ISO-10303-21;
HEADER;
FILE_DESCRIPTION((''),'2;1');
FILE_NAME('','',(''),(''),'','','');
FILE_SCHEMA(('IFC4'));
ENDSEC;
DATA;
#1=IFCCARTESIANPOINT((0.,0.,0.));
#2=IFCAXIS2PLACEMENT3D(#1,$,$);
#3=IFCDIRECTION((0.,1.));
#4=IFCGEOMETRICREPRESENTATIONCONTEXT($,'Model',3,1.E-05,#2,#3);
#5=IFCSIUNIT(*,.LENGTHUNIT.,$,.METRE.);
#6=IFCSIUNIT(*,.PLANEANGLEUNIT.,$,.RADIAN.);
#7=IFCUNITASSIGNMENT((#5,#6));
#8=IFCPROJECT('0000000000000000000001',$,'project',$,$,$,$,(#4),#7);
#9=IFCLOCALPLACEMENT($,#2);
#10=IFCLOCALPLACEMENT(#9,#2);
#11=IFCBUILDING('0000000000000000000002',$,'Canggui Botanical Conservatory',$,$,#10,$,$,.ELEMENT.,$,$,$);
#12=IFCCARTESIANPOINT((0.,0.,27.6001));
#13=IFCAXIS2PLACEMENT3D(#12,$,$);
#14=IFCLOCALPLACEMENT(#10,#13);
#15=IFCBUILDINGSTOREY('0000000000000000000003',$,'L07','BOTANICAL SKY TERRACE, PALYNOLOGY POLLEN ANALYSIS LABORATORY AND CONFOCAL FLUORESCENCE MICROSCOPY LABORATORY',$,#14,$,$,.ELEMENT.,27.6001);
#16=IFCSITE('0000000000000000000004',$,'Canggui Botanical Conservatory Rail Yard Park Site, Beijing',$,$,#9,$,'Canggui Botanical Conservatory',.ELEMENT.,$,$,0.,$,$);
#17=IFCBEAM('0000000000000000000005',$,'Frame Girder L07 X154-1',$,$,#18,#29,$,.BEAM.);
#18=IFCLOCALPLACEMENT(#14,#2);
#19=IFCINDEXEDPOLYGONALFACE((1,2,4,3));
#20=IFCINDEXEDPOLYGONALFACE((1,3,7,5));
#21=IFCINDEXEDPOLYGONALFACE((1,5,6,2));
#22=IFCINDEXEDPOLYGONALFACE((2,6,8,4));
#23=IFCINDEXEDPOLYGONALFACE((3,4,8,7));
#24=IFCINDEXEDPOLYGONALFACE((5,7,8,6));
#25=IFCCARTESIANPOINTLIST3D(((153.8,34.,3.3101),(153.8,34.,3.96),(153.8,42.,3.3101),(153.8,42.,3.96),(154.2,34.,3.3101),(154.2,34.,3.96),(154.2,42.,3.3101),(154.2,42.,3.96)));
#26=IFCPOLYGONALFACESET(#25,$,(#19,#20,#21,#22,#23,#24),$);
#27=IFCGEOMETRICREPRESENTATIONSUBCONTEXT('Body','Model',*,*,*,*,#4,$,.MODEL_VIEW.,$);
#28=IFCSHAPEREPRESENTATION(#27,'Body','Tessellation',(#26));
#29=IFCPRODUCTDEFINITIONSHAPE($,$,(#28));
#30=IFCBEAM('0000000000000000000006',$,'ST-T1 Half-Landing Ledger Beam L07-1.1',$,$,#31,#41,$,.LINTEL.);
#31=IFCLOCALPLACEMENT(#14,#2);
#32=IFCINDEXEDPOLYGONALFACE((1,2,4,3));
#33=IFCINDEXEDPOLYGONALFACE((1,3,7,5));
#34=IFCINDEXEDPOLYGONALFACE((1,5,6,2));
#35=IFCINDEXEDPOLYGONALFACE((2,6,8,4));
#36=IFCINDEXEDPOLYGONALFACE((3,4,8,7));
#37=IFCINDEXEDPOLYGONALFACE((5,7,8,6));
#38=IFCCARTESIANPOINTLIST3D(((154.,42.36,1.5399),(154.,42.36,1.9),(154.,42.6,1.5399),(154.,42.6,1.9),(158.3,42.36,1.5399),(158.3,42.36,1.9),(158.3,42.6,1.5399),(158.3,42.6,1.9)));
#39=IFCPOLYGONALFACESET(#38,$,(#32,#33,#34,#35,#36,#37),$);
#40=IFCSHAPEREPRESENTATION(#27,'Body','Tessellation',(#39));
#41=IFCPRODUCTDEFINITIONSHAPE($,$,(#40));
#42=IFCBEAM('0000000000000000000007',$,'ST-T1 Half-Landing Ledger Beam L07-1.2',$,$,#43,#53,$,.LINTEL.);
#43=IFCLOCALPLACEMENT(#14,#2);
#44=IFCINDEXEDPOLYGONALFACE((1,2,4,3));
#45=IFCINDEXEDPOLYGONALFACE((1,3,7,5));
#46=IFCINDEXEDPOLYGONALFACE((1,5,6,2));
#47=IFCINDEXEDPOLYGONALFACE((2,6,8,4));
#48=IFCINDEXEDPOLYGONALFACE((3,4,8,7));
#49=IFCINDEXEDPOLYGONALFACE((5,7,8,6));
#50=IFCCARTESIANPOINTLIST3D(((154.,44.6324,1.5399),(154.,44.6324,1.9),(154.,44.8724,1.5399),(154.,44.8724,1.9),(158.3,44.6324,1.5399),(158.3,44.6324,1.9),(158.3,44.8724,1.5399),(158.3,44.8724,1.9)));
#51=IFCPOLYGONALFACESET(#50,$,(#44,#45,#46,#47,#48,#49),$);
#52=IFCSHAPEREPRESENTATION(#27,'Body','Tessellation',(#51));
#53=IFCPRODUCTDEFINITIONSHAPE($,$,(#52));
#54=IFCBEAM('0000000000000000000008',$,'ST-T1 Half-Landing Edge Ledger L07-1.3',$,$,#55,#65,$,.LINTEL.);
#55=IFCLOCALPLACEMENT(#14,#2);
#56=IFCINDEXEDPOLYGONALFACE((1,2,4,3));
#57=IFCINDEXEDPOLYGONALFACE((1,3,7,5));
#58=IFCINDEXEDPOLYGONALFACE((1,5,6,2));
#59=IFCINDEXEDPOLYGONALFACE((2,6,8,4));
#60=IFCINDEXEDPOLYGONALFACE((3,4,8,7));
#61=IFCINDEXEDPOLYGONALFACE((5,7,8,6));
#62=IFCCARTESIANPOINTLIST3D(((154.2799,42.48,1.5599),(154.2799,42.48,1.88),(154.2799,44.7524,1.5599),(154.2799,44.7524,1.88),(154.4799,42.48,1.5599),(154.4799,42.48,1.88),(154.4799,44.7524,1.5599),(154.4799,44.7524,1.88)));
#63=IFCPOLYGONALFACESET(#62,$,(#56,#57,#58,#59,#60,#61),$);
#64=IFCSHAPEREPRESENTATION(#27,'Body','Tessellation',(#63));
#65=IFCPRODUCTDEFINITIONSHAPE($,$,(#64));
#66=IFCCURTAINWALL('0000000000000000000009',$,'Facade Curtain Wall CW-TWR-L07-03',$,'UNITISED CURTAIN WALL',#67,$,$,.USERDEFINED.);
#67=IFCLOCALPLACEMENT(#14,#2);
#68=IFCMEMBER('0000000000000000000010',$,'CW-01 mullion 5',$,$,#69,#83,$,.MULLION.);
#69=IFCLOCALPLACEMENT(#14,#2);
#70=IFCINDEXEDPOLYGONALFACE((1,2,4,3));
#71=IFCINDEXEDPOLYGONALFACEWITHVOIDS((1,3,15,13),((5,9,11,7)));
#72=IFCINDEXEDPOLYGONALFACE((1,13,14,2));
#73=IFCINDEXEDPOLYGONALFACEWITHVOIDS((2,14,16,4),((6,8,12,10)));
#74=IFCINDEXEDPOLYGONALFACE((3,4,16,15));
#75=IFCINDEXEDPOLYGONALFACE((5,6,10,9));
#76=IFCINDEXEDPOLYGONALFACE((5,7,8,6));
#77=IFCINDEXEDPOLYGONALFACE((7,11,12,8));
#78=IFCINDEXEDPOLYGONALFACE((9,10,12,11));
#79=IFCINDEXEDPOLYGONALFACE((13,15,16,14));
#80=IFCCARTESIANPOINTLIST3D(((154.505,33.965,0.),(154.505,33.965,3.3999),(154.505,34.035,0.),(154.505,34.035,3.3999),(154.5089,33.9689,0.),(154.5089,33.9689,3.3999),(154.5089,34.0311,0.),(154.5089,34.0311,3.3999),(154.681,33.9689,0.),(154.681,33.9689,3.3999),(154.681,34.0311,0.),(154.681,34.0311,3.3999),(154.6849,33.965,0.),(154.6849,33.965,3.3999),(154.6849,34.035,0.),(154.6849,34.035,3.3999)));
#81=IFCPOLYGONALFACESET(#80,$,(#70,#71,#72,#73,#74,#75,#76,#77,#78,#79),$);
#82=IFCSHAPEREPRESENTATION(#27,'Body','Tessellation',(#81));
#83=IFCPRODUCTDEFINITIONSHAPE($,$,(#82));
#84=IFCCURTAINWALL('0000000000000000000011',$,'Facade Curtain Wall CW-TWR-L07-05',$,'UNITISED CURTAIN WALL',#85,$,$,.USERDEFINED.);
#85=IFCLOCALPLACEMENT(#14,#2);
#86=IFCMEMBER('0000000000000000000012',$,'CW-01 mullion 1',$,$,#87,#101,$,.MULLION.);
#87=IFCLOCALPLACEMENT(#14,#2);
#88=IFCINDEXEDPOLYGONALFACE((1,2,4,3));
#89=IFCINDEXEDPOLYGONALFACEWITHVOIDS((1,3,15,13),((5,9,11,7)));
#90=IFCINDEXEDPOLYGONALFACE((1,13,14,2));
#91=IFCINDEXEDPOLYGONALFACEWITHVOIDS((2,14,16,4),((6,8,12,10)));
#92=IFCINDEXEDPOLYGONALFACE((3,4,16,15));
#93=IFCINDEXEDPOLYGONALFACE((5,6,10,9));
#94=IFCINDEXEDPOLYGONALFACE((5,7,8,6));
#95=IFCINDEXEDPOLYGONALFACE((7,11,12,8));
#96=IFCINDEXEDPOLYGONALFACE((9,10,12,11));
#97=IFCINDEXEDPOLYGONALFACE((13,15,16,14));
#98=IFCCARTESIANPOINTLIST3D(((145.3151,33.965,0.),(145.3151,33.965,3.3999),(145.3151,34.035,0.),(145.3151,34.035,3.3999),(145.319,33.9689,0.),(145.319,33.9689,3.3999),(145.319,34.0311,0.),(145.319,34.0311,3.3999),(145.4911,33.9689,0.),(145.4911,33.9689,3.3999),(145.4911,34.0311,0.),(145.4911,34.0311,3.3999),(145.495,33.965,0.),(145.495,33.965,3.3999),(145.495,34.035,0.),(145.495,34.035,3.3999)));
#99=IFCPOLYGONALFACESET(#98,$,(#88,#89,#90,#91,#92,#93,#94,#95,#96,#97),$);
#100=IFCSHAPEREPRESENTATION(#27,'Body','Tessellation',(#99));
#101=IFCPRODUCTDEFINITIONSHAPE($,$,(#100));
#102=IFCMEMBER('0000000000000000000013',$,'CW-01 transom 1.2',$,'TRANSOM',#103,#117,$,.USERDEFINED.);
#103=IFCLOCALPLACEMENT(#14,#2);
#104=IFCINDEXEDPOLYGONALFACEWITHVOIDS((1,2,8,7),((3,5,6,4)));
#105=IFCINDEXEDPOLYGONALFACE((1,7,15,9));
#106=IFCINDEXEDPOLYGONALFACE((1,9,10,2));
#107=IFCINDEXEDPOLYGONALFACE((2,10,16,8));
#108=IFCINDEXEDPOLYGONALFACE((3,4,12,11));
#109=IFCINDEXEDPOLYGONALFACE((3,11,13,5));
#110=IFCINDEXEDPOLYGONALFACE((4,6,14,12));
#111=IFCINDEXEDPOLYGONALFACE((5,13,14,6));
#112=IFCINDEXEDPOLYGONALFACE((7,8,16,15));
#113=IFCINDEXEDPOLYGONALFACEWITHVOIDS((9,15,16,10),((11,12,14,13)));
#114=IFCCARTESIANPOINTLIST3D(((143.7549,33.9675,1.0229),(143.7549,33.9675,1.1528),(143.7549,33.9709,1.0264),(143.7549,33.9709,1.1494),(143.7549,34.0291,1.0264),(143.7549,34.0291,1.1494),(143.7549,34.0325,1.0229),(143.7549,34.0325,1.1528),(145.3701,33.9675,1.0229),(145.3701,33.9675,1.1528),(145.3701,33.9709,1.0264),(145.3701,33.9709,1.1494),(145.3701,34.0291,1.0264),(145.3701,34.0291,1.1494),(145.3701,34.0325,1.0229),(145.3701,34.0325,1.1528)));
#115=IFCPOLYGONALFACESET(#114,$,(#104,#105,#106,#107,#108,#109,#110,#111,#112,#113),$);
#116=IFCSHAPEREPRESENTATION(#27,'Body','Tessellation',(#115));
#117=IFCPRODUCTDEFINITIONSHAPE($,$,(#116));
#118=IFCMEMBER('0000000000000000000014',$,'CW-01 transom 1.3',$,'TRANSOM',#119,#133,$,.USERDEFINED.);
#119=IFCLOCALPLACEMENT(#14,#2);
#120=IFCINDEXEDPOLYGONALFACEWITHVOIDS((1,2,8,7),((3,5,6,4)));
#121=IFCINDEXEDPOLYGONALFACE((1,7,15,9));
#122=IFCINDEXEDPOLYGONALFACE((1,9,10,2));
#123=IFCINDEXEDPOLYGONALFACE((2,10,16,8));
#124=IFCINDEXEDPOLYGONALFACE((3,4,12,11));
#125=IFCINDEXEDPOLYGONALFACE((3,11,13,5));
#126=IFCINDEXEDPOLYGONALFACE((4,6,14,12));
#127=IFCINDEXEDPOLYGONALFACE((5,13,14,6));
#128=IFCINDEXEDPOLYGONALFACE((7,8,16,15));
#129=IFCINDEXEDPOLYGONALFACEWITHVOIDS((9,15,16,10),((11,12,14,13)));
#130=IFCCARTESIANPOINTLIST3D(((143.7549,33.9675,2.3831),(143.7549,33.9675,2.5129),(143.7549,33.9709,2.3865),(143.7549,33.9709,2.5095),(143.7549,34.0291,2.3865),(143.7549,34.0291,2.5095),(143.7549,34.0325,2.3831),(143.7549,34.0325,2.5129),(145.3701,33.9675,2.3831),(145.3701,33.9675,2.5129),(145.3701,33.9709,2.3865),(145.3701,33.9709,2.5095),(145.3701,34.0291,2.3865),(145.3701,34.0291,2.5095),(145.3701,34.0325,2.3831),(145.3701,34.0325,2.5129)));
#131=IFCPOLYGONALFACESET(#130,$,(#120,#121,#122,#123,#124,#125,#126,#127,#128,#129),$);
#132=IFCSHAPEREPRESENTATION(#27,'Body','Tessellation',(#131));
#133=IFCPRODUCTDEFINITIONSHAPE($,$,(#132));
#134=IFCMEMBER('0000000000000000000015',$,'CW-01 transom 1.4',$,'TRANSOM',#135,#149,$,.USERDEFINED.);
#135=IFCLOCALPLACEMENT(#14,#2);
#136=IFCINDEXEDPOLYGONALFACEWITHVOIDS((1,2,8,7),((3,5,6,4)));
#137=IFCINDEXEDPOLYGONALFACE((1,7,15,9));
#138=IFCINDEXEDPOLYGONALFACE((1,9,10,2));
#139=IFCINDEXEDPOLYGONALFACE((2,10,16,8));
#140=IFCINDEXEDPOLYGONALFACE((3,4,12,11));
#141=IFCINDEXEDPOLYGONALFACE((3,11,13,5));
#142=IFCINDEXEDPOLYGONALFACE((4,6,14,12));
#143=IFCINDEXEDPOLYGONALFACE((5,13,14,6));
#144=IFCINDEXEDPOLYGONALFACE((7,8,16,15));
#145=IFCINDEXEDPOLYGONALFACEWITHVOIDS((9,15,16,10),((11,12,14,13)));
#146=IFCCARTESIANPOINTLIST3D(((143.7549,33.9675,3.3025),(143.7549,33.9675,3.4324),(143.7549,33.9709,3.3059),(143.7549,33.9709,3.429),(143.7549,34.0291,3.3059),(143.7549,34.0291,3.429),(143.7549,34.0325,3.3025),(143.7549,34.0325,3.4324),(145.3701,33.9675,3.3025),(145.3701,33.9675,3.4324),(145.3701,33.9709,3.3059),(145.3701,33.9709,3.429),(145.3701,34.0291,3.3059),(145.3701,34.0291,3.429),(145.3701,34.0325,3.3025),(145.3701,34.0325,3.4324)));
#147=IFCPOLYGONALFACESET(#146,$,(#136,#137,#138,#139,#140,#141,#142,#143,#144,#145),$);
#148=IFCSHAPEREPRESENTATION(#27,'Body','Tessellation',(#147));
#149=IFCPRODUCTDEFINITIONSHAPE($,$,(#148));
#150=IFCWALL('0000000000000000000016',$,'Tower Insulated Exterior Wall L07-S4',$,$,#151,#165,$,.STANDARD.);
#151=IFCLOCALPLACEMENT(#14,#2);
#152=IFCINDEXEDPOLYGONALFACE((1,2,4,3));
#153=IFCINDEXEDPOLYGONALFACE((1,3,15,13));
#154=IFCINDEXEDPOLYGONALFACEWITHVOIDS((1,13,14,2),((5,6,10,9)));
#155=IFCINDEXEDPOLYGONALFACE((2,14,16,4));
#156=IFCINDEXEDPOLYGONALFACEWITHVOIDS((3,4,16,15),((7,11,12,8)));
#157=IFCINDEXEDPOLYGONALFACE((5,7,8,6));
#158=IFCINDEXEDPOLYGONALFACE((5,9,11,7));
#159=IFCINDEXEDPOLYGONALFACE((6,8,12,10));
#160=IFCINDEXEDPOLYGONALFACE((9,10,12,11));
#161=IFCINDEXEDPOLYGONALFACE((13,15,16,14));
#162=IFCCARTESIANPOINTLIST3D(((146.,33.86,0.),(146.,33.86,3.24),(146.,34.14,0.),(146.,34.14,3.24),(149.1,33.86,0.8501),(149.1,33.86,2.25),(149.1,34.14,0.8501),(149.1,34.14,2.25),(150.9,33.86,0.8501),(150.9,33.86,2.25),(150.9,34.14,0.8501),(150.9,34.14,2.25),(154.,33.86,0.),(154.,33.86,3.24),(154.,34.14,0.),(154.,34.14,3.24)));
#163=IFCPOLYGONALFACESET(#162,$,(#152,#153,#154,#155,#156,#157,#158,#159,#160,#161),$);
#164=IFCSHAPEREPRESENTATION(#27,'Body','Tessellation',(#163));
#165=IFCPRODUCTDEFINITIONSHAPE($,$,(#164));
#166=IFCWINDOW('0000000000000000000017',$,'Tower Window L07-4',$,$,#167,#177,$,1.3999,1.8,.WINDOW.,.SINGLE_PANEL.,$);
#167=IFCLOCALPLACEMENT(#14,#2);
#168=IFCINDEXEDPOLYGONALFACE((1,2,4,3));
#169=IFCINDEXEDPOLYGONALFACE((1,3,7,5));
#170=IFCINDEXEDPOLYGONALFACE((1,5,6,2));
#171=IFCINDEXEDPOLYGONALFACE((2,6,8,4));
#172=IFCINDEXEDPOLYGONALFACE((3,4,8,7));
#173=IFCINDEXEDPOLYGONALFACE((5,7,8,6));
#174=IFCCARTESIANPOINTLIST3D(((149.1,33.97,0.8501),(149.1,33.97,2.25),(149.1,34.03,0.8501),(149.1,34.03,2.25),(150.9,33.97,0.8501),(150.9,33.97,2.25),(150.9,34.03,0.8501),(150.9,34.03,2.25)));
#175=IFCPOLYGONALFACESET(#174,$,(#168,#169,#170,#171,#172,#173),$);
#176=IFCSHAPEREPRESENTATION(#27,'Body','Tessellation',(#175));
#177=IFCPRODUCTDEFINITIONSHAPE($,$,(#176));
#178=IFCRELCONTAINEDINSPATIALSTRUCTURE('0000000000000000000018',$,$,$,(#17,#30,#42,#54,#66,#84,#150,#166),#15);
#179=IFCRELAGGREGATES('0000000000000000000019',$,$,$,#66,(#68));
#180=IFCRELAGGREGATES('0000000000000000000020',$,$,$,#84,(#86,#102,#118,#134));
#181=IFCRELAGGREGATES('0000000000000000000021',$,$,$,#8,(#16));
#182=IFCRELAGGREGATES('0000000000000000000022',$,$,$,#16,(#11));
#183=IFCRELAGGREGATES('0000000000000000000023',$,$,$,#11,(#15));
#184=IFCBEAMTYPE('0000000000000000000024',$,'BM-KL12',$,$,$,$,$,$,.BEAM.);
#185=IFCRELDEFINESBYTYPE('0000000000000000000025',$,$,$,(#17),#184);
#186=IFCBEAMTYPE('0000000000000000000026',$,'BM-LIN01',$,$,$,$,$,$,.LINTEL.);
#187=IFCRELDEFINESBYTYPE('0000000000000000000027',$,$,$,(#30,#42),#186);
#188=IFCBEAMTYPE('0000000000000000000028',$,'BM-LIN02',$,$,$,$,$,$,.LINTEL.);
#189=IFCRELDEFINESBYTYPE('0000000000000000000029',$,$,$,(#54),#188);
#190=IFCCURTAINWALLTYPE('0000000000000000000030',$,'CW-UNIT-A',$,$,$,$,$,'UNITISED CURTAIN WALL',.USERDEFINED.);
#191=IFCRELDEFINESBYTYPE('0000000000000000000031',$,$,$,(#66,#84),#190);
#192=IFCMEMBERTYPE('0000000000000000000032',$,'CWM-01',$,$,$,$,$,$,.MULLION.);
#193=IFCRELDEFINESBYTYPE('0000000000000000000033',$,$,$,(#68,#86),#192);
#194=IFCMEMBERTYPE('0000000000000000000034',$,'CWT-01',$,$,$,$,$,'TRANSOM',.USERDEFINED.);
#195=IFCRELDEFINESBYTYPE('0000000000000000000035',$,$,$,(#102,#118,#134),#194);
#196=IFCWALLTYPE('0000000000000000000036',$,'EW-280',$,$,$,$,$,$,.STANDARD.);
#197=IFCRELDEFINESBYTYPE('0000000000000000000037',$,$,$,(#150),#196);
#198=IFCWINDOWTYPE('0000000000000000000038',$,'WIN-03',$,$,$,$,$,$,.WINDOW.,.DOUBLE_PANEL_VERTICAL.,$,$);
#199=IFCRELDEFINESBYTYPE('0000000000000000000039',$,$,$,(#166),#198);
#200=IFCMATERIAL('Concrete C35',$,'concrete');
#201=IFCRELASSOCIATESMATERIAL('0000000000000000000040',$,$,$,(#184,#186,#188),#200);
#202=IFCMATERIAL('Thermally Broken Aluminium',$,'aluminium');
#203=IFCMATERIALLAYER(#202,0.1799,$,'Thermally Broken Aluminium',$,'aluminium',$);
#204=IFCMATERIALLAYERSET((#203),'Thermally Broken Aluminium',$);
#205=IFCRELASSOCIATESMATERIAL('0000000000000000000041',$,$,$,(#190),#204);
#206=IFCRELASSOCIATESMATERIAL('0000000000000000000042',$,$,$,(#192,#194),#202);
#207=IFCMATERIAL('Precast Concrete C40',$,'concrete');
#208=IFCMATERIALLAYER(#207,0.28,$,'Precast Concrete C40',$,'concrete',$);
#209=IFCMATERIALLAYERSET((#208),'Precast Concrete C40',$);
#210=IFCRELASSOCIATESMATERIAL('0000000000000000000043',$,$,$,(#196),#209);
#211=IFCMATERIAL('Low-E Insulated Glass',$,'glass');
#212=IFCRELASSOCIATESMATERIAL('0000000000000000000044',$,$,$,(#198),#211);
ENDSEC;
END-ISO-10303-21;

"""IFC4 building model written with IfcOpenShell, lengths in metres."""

from ifc_helpers import new_model, si_unit, direction, frame, frame_2d, origin, origin_2d, place, context, subcontext, project, spatial, rectangle, hollow_rectangle, extrude, material, layer, layer_set, material_profile, profile_set, type_object, element, fill, aggregate, save


model = new_model("IFC4")

# Units and contexts
model_context = context("Model", 3, precision=1e-05, world=origin(), true_north=direction((0.0, 1.0)))
body_context = subcontext(model_context, "Body", "Model", "MODEL_VIEW")
ifc_project = project(units=[si_unit("LENGTHUNIT", "METRE"), si_unit("PLANEANGLEUNIT", "RADIAN")], contexts=[model_context])

# Site, building, storey
site_placement = place(None, origin())
site = spatial("IfcSite", under=ifc_project, at=site_placement, Name="Canggui Botanical Conservatory Rail Yard Park Site, Beijing", LongName="Canggui Botanical Conservatory", CompositionType="ELEMENT", RefElevation=0.0)
building_placement = place(site_placement, origin())
building = spatial("IfcBuilding", under=site, at=building_placement, Name="Canggui Botanical Conservatory", CompositionType="ELEMENT")
storey_placement = place(building_placement, frame((0.0, 0.0, 27.6001)))
storey = spatial("IfcBuildingStorey", under=building, at=storey_placement, Name="L07", Description="BOTANICAL SKY TERRACE, PALYNOLOGY POLLEN ANALYSIS LABORATORY AND CONFOCAL FLUORESCENCE MICROSCOPY LABORATORY", CompositionType="ELEMENT", Elevation=27.6001)

# Beams
ifc_material_1 = material(Name="Concrete C35", Category="concrete")
ifc_material_profile_1 = material_profile(ifc_material_1, rectangle(XDim=0.3999, YDim=0.6499, at=origin_2d()), Name="RB 400x650")
ifc_profile_set_1 = profile_set([ifc_material_profile_1], Name="Concrete C35")
beam_type_1 = type_object("IfcBeamType", Name="BM-KL12", PredefinedType="BEAM", material=ifc_profile_set_1)
for number, where, z_axis, x_axis, name in (
    (1, (154.0, 34.0, 3.635), (0.0, 1.0, 0.0), (-1.0, 0.0, 0.0), "Frame Girder L07 X154-1"),
):
    element("IfcBeam", number, at=place(storey_placement, frame(where, z_axis=z_axis, x_axis=x_axis)), inside=storey, type_object=beam_type_1, Name=name, PredefinedType="BEAM", context=body_context, shape_type="SweptSolid", body=[
        extrude(rectangle(XDim=0.3999, YDim=0.6499, at=origin_2d()), origin(), (0.0, 0.0, 1.0), 8.0),
    ])
ifc_material_profile_2 = material_profile(ifc_material_1, rectangle(XDim=0.24, YDim=0.3601, at=origin_2d()), Name="RB 240x360")
ifc_profile_set_2 = profile_set([ifc_material_profile_2], Name="Concrete C35")
beam_type_2 = type_object("IfcBeamType", Name="BM-LIN01", PredefinedType="LINTEL", material=ifc_profile_set_2)
for number, where, z_axis, x_axis, name in (
    (2, (154.0, 42.48, 1.72), (1.0, 0.0, 0.0), (0.0, 1.0, 0.0), "ST-T1 Half-Landing Ledger Beam L07-1.1"),
    (3, (154.0, 44.7524, 1.72), (1.0, 0.0, 0.0), (0.0, 1.0, 0.0), "ST-T1 Half-Landing Ledger Beam L07-1.2"),
):
    element("IfcBeam", number, at=place(storey_placement, frame(where, z_axis=z_axis, x_axis=x_axis)), inside=storey, type_object=beam_type_2, Name=name, PredefinedType="LINTEL", context=body_context, shape_type="SweptSolid", body=[
        extrude(rectangle(XDim=0.24, YDim=0.3601, at=origin_2d()), origin(), (0.0, 0.0, 1.0), 4.3),
    ])
ifc_material_profile_3 = material_profile(ifc_material_1, rectangle(XDim=0.2, YDim=0.3201, at=origin_2d()), Name="RB 200x320")
ifc_profile_set_3 = profile_set([ifc_material_profile_3], Name="Concrete C35")
beam_type_3 = type_object("IfcBeamType", Name="BM-LIN02", PredefinedType="LINTEL", material=ifc_profile_set_3)
beam_1_placement = place(storey_placement, frame((154.3799, 42.48, 1.72), z_axis=(0.0, 1.0, 0.0), x_axis=(-1.0, 0.0, 0.0)))
element("IfcBeam", 4, at=beam_1_placement, inside=storey, type_object=beam_type_3, Name="ST-T1 Half-Landing Edge Ledger L07-1.3", PredefinedType="LINTEL", context=body_context, shape_type="SweptSolid", body=[
    extrude(rectangle(XDim=0.2, YDim=0.3201, at=origin_2d()), origin(), (0.0, 0.0, 1.0), 2.2725),
])

# Curtain wall, member
ifc_material_2 = material(Name="Thermally Broken Aluminium", Category="aluminium")
ifc_layer_1 = layer(ifc_material_2, 0.1799, Name="Thermally Broken Aluminium", Category="aluminium")
ifc_layer_set_1 = layer_set([ifc_layer_1], Name="Thermally Broken Aluminium")
curtain_wall_type = type_object("IfcCurtainWallType", Name="CW-UNIT-A", ElementType="UNITISED CURTAIN WALL", PredefinedType="USERDEFINED", material=ifc_layer_set_1)
curtain_wall_1_placement = place(storey_placement, origin())
curtain_wall_1 = element("IfcCurtainWall", 5, at=curtain_wall_1_placement, inside=storey, type_object=curtain_wall_type, Name="Facade Curtain Wall CW-TWR-L07-03", ObjectType="UNITISED CURTAIN WALL", PredefinedType="USERDEFINED")
ifc_material_profile_4 = material_profile(ifc_material_2, hollow_rectangle(XDim=0.0701, YDim=0.1799, WallThickness=0.0039, at=origin_2d()), Name="CWM 70x180x4")
ifc_profile_set_4 = profile_set([ifc_material_profile_4], Name="Thermally Broken Aluminium")
member_type_1 = type_object("IfcMemberType", Name="CWM-01", PredefinedType="MULLION", material=ifc_profile_set_4)
member_1_placement = place(storey_placement, frame((154.595, 34.0, 0.0), z_axis=(0.0, 0.0, 1.0), x_axis=(0.0, -1.0, 0.0)))
member_1 = element("IfcMember", 6, at=member_1_placement, type_object=member_type_1, Name="CW-01 mullion 5", PredefinedType="MULLION", context=body_context, shape_type="SweptSolid", body=[
    extrude(hollow_rectangle(XDim=0.0701, YDim=0.1799, WallThickness=0.0039, at=origin_2d()), origin(), (0.0, 0.0, 1.0), 3.3999),
])
aggregate(curtain_wall_1, [member_1])

# Curtain wall, members
curtain_wall_2_placement = place(storey_placement, origin())
curtain_wall_2 = element("IfcCurtainWall", 7, at=curtain_wall_2_placement, inside=storey, type_object=curtain_wall_type, Name="Facade Curtain Wall CW-TWR-L07-05", ObjectType="UNITISED CURTAIN WALL", PredefinedType="USERDEFINED")
member_2_placement = place(storey_placement, frame((145.405, 34.0, 0.0), z_axis=(0.0, 0.0, 1.0), x_axis=(0.0, -1.0, 0.0)))
member_2 = element("IfcMember", 8, at=member_2_placement, type_object=member_type_1, Name="CW-01 mullion 1", PredefinedType="MULLION", context=body_context, shape_type="SweptSolid", body=[
    extrude(hollow_rectangle(XDim=0.0701, YDim=0.1799, WallThickness=0.0039, at=origin_2d()), origin(), (0.0, 0.0, 1.0), 3.3999),
])
ifc_material_profile_5 = material_profile(ifc_material_2, hollow_rectangle(XDim=0.0649, YDim=0.1299, WallThickness=0.0034, at=origin_2d()), Name="CWT 65x130x3.5")
ifc_profile_set_5 = profile_set([ifc_material_profile_5], Name="Thermally Broken Aluminium")
member_type_2 = type_object("IfcMemberType", Name="CWT-01", ElementType="TRANSOM", PredefinedType="USERDEFINED", material=ifc_profile_set_5)
member_3_placement = place(storey_placement, frame((145.3701, 34.0, 1.0879), z_axis=(-1.0, 0.0, 0.0), x_axis=(0.0, -1.0, 0.0)))
member_3 = element("IfcMember", 9, at=member_3_placement, type_object=member_type_2, Name="CW-01 transom 1.2", ObjectType="TRANSOM", PredefinedType="USERDEFINED", context=body_context, shape_type="SweptSolid", body=[
    extrude(hollow_rectangle(XDim=0.0649, YDim=0.1299, WallThickness=0.0034, at=origin_2d()), origin(), (0.0, 0.0, 1.0), 1.6152),
])
member_4_placement = place(storey_placement, frame((145.3701, 34.0, 2.448), z_axis=(-1.0, 0.0, 0.0), x_axis=(0.0, -1.0, 0.0)))
member_4 = element("IfcMember", 10, at=member_4_placement, type_object=member_type_2, Name="CW-01 transom 1.3", ObjectType="TRANSOM", PredefinedType="USERDEFINED", context=body_context, shape_type="SweptSolid", body=[
    extrude(hollow_rectangle(XDim=0.0649, YDim=0.1299, WallThickness=0.0034, at=origin_2d()), origin(), (0.0, 0.0, 1.0), 1.6152),
])
member_5_placement = place(storey_placement, frame((145.3701, 34.0, 3.3674), z_axis=(-1.0, 0.0, 0.0), x_axis=(0.0, -1.0, 0.0)))
member_5 = element("IfcMember", 11, at=member_5_placement, type_object=member_type_2, Name="CW-01 transom 1.4", ObjectType="TRANSOM", PredefinedType="USERDEFINED", context=body_context, shape_type="SweptSolid", body=[
    extrude(hollow_rectangle(XDim=0.0649, YDim=0.1299, WallThickness=0.0034, at=origin_2d()), origin(), (0.0, 0.0, 1.0), 1.6152),
])
aggregate(curtain_wall_2, [member_2, member_3, member_4, member_5])

# Wall, opening, window
ifc_material_3 = material(Name="Precast Concrete C40", Category="concrete")
ifc_layer_2 = layer(ifc_material_3, 0.28, Name="Precast Concrete C40", Category="concrete")
ifc_layer_set_2 = layer_set([ifc_layer_2], Name="Precast Concrete C40")
wall_type_1 = type_object("IfcWallType", Name="EW-280", PredefinedType="STANDARD", material=ifc_layer_set_2)
wall_1_placement = place(storey_placement, frame((154.0, 34.0, 0.0), z_axis=(0.0, 0.0, 1.0), x_axis=(-1.0, 0.0, 0.0)))
wall_1 = element("IfcWall", 12, at=wall_1_placement, inside=storey, type_object=wall_type_1, Name="Tower Insulated Exterior Wall L07-S4", PredefinedType="STANDARD", context=body_context, shape_type="SweptSolid", body=[
    extrude(rectangle(XDim=8.0, YDim=0.28, at=frame_2d((4.0, 0.0))), origin(), (0.0, 0.0, 1.0), 3.24),
])
opening_1_placement = place(wall_1_placement, frame((3.1001, 0.0, 0.8501)))
opening_1 = element("IfcOpeningElement", 13, at=opening_1_placement, cuts=wall_1, PredefinedType="OPENING", context=body_context, shape_type="SweptSolid", body=[
    extrude(rectangle(XDim=1.8, YDim=1.3999, at=frame_2d((0.8999, 0.7))), frame((0.0, 0.1499, 0.0), z_axis=(0.0, -1.0, 0.0), x_axis=(1.0, 0.0, 0.0)), (0.0, 0.0, 1.0), 0.3),
])
ifc_material_4 = material(Name="Low-E Insulated Glass", Category="glass")
window_type = type_object("IfcWindowType", Name="WIN-03", PartitioningType="DOUBLE_PANEL_VERTICAL", PredefinedType="WINDOW", material=ifc_material_4)
window_placement = place(opening_1_placement, origin())
window = element("IfcWindow", 14, at=window_placement, inside=storey, type_object=window_type, Name="Tower Window L07-4", OverallHeight=1.3999, OverallWidth=1.8, PartitioningType="SINGLE_PANEL", PredefinedType="WINDOW", context=body_context, shape_type="SweptSolid", body=[
    extrude(rectangle(XDim=1.8, YDim=1.3999, at=frame_2d((0.8999, 0.7))), frame((0.0, 0.03, 0.0), z_axis=(0.0, -1.0, 0.0), x_axis=(1.0, 0.0, 0.0)), (0.0, 0.0, 1.0), 0.0601),
])
fill(opening_1, window)

save(model, "model.ifc")
